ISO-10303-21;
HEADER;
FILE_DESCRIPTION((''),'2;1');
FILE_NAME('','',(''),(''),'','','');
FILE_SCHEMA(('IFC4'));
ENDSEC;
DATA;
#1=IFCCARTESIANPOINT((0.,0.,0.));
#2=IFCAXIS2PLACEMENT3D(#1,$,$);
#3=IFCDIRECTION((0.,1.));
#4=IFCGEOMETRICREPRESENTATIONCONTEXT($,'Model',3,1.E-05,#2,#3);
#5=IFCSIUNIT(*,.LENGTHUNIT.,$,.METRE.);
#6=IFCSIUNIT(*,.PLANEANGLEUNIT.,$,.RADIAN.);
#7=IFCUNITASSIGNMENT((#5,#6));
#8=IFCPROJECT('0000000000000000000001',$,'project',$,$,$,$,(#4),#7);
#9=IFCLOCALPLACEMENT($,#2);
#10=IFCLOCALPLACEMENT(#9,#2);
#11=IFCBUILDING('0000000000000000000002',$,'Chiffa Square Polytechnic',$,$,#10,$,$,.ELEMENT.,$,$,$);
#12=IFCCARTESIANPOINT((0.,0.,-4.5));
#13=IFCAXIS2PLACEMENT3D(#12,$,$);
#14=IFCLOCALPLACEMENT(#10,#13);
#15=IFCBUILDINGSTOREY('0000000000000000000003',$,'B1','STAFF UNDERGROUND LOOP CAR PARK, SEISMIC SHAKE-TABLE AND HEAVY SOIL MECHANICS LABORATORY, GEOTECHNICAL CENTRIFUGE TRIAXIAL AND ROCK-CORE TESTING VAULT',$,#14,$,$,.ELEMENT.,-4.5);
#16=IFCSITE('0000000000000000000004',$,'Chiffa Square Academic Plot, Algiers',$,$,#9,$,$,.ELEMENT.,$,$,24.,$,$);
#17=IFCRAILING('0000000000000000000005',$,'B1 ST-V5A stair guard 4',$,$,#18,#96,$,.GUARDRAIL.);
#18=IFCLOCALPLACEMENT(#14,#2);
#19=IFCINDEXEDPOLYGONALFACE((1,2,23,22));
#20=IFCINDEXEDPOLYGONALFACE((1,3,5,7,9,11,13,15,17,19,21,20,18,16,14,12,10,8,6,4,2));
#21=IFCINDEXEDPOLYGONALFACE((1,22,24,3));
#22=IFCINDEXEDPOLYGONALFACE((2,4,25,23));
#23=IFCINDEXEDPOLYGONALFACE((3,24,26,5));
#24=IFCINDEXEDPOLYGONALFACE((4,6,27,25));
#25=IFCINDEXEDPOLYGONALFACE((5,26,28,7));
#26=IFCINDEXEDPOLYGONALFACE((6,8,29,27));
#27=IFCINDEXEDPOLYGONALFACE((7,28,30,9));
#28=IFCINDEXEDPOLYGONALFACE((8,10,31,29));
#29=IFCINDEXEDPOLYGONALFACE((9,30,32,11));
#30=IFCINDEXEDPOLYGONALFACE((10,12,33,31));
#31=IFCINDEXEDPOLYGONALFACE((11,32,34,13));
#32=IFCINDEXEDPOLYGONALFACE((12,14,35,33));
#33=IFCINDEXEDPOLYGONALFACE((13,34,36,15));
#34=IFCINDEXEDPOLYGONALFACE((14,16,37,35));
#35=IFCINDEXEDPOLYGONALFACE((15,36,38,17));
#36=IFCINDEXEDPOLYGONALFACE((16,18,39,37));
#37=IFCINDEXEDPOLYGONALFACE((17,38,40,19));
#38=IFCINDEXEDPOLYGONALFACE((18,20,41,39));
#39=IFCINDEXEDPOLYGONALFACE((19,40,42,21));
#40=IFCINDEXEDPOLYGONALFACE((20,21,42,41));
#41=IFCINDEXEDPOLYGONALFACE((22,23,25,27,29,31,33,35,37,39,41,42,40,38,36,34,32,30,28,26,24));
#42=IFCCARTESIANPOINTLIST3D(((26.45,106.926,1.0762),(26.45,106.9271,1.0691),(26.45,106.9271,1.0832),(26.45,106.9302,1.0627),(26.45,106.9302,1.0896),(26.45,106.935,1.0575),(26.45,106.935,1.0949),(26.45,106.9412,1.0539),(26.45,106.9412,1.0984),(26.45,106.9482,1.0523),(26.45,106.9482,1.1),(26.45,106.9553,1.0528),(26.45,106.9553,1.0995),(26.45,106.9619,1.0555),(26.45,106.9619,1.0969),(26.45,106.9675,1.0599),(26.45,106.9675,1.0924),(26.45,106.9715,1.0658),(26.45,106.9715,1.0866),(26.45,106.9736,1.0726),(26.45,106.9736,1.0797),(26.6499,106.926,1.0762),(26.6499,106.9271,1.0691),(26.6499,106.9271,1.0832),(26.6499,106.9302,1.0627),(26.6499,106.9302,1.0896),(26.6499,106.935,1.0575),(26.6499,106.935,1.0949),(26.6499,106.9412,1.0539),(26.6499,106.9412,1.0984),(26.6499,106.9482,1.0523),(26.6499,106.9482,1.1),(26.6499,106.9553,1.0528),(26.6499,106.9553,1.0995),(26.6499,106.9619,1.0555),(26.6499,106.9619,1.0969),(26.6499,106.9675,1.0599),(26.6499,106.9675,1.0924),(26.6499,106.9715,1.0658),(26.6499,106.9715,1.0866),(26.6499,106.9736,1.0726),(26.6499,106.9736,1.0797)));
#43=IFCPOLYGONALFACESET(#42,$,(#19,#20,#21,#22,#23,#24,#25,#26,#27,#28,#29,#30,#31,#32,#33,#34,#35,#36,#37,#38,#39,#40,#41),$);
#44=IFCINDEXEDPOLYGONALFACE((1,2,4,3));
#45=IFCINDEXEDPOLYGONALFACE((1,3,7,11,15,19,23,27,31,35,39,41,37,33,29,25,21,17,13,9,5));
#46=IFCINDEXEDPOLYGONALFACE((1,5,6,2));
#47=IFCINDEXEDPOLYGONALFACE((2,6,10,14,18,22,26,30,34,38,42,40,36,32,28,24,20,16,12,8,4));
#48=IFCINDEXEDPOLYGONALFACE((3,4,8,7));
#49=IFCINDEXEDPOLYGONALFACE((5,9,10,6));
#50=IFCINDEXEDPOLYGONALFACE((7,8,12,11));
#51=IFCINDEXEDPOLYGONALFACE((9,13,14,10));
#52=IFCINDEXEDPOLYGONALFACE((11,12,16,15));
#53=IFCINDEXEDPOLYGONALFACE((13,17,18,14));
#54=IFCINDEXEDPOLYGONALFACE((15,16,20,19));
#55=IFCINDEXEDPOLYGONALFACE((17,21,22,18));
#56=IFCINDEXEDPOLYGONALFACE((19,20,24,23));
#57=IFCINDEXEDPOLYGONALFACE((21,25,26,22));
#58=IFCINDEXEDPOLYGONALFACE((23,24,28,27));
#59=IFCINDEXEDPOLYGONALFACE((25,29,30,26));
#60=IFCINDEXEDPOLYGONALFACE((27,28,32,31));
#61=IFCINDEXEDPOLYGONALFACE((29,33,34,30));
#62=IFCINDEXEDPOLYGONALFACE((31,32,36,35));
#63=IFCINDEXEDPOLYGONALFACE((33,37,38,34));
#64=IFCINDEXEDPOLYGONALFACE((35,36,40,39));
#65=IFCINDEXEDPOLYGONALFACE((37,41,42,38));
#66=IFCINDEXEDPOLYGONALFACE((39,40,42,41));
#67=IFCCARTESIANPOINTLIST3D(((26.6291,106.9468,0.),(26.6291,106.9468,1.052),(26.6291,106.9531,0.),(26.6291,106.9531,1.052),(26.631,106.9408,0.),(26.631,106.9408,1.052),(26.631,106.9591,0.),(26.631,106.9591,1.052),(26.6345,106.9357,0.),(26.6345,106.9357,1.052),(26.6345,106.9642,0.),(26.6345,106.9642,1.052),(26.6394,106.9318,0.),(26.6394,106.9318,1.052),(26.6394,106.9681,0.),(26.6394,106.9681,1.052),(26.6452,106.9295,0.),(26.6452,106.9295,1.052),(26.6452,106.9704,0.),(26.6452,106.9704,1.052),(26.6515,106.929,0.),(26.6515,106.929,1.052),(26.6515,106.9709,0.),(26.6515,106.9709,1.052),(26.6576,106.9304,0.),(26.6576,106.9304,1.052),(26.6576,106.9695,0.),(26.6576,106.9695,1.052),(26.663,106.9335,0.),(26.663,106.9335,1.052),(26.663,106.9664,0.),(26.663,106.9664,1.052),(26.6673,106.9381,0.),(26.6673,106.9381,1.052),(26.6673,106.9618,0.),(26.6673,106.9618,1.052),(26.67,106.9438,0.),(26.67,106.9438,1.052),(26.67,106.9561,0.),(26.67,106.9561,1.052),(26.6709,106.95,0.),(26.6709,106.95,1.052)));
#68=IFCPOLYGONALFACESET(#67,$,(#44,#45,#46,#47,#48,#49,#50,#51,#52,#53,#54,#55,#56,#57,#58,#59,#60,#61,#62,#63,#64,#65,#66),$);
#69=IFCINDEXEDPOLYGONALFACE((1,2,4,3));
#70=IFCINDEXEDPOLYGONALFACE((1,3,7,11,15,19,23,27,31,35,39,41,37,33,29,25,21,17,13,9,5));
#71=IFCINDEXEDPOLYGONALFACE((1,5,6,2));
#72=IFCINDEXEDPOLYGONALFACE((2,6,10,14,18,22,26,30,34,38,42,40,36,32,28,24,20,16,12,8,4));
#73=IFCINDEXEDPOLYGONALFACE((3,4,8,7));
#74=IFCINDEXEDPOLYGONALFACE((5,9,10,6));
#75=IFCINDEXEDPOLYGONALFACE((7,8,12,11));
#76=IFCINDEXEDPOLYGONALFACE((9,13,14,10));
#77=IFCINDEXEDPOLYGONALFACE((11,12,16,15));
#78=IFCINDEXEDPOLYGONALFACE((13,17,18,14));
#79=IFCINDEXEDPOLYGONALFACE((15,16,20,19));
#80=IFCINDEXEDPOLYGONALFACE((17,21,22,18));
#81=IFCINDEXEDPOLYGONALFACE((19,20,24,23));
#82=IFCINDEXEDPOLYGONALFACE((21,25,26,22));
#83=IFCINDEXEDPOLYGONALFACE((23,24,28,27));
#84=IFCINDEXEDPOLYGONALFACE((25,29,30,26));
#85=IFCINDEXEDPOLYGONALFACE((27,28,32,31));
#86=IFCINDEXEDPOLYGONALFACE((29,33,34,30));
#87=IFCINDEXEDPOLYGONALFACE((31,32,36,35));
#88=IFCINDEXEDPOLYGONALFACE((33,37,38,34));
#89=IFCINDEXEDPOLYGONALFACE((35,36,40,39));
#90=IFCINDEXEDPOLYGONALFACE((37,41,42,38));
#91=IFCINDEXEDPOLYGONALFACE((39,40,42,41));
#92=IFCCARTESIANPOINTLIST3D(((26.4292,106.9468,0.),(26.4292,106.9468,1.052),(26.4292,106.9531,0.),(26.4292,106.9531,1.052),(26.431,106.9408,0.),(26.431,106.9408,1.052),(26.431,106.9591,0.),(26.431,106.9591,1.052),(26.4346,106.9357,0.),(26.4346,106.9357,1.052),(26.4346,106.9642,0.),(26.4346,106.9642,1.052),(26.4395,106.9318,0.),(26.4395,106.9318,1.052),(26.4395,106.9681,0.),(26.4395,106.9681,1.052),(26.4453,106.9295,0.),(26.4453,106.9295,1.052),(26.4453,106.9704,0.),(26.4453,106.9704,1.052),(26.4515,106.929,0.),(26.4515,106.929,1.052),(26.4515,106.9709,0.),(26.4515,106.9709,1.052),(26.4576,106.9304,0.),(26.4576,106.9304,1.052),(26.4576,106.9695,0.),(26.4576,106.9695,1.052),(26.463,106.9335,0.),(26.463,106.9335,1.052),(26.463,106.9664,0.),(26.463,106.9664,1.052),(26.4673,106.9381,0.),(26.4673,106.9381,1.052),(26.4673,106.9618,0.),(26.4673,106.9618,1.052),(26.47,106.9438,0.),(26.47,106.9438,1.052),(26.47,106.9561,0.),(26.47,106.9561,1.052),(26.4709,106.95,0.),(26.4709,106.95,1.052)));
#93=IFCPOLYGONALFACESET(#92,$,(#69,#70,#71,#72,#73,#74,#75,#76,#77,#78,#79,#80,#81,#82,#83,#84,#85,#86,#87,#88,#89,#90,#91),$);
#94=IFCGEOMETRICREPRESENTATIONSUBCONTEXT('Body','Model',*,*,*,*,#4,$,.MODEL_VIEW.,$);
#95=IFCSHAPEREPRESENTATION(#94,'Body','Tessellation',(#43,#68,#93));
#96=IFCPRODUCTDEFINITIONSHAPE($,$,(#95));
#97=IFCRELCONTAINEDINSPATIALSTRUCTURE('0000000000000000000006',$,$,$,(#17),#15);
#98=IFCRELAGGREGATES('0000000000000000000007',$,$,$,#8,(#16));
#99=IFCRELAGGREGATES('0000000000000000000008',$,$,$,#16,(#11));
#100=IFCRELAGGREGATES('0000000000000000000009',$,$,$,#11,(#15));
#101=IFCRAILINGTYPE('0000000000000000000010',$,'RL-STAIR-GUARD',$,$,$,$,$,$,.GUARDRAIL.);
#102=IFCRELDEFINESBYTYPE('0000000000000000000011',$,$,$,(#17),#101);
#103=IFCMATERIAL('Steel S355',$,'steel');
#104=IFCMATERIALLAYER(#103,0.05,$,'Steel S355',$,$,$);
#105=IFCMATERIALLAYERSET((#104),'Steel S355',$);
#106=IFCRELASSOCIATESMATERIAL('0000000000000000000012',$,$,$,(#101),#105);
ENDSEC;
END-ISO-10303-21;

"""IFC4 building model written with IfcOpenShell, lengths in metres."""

from ifc_helpers import new_model, si_unit, direction, frame, origin, origin_2d, place, context, subcontext, project, spatial, circle, extrude, material, layer, layer_set, type_object, element, save


model = new_model("IFC4")

# Units and contexts
model_context = context("Model", 3, precision=1e-05, world=origin(), true_north=direction((0.0, 1.0)))
body_context = subcontext(model_context, "Body", "Model", "MODEL_VIEW")
ifc_project = project(units=[si_unit("LENGTHUNIT", "METRE"), si_unit("PLANEANGLEUNIT", "RADIAN")], contexts=[model_context])

# Site, building, storey
site_placement = place(None, origin())
site = spatial("IfcSite", under=ifc_project, at=site_placement, Name="Chiffa Square Academic Plot, Algiers", CompositionType="ELEMENT", RefElevation=24.0)
building_placement = place(site_placement, origin())
building = spatial("IfcBuilding", under=site, at=building_placement, Name="Chiffa Square Polytechnic", CompositionType="ELEMENT")
storey_placement = place(building_placement, frame((0.0, 0.0, -4.5)))
storey = spatial("IfcBuildingStorey", under=building, at=storey_placement, Name="B1", Description="STAFF UNDERGROUND LOOP CAR PARK, SEISMIC SHAKE-TABLE AND HEAVY SOIL MECHANICS LABORATORY, GEOTECHNICAL CENTRIFUGE TRIAXIAL AND ROCK-CORE TESTING VAULT", CompositionType="ELEMENT", Elevation=-4.5)

# Railing
ifc_material_1 = material(Name="Steel S355", Category="steel")
ifc_layer_1 = layer(ifc_material_1, 0.05, Name="Steel S355")
ifc_layer_set_1 = layer_set([ifc_layer_1], Name="Steel S355")
railing_type_1 = type_object("IfcRailingType", Name="RL-STAIR-GUARD", PredefinedType="GUARDRAIL", material=ifc_layer_set_1)
railing_1_placement = place(storey_placement, frame((26.6499, 106.95, 0.0)))
element("IfcRailing", 1, at=railing_1_placement, inside=storey, type_object=railing_type_1, Name="B1 ST-V5A stair guard 4", PredefinedType="GUARDRAIL", context=body_context, shape_type="SweptSolid", body=[
    extrude(circle(Radius=0.0239, at=origin_2d()), frame((0.0, 0.0, 1.0762), z_axis=(-1.0, 0.0, 0.0), x_axis=(0.0, -1.0, 0.0)), (0.0, 0.0, 1.0), 0.2),
    extrude(circle(Radius=0.021, at=origin_2d()), origin(), (0.0, 0.0, 1.0), 1.052),
    extrude(circle(Radius=0.021, at=origin_2d()), frame((-0.2, 0.0, 0.0)), (0.0, 0.0, 1.0), 1.052),
])

save(model, "model.ifc")
